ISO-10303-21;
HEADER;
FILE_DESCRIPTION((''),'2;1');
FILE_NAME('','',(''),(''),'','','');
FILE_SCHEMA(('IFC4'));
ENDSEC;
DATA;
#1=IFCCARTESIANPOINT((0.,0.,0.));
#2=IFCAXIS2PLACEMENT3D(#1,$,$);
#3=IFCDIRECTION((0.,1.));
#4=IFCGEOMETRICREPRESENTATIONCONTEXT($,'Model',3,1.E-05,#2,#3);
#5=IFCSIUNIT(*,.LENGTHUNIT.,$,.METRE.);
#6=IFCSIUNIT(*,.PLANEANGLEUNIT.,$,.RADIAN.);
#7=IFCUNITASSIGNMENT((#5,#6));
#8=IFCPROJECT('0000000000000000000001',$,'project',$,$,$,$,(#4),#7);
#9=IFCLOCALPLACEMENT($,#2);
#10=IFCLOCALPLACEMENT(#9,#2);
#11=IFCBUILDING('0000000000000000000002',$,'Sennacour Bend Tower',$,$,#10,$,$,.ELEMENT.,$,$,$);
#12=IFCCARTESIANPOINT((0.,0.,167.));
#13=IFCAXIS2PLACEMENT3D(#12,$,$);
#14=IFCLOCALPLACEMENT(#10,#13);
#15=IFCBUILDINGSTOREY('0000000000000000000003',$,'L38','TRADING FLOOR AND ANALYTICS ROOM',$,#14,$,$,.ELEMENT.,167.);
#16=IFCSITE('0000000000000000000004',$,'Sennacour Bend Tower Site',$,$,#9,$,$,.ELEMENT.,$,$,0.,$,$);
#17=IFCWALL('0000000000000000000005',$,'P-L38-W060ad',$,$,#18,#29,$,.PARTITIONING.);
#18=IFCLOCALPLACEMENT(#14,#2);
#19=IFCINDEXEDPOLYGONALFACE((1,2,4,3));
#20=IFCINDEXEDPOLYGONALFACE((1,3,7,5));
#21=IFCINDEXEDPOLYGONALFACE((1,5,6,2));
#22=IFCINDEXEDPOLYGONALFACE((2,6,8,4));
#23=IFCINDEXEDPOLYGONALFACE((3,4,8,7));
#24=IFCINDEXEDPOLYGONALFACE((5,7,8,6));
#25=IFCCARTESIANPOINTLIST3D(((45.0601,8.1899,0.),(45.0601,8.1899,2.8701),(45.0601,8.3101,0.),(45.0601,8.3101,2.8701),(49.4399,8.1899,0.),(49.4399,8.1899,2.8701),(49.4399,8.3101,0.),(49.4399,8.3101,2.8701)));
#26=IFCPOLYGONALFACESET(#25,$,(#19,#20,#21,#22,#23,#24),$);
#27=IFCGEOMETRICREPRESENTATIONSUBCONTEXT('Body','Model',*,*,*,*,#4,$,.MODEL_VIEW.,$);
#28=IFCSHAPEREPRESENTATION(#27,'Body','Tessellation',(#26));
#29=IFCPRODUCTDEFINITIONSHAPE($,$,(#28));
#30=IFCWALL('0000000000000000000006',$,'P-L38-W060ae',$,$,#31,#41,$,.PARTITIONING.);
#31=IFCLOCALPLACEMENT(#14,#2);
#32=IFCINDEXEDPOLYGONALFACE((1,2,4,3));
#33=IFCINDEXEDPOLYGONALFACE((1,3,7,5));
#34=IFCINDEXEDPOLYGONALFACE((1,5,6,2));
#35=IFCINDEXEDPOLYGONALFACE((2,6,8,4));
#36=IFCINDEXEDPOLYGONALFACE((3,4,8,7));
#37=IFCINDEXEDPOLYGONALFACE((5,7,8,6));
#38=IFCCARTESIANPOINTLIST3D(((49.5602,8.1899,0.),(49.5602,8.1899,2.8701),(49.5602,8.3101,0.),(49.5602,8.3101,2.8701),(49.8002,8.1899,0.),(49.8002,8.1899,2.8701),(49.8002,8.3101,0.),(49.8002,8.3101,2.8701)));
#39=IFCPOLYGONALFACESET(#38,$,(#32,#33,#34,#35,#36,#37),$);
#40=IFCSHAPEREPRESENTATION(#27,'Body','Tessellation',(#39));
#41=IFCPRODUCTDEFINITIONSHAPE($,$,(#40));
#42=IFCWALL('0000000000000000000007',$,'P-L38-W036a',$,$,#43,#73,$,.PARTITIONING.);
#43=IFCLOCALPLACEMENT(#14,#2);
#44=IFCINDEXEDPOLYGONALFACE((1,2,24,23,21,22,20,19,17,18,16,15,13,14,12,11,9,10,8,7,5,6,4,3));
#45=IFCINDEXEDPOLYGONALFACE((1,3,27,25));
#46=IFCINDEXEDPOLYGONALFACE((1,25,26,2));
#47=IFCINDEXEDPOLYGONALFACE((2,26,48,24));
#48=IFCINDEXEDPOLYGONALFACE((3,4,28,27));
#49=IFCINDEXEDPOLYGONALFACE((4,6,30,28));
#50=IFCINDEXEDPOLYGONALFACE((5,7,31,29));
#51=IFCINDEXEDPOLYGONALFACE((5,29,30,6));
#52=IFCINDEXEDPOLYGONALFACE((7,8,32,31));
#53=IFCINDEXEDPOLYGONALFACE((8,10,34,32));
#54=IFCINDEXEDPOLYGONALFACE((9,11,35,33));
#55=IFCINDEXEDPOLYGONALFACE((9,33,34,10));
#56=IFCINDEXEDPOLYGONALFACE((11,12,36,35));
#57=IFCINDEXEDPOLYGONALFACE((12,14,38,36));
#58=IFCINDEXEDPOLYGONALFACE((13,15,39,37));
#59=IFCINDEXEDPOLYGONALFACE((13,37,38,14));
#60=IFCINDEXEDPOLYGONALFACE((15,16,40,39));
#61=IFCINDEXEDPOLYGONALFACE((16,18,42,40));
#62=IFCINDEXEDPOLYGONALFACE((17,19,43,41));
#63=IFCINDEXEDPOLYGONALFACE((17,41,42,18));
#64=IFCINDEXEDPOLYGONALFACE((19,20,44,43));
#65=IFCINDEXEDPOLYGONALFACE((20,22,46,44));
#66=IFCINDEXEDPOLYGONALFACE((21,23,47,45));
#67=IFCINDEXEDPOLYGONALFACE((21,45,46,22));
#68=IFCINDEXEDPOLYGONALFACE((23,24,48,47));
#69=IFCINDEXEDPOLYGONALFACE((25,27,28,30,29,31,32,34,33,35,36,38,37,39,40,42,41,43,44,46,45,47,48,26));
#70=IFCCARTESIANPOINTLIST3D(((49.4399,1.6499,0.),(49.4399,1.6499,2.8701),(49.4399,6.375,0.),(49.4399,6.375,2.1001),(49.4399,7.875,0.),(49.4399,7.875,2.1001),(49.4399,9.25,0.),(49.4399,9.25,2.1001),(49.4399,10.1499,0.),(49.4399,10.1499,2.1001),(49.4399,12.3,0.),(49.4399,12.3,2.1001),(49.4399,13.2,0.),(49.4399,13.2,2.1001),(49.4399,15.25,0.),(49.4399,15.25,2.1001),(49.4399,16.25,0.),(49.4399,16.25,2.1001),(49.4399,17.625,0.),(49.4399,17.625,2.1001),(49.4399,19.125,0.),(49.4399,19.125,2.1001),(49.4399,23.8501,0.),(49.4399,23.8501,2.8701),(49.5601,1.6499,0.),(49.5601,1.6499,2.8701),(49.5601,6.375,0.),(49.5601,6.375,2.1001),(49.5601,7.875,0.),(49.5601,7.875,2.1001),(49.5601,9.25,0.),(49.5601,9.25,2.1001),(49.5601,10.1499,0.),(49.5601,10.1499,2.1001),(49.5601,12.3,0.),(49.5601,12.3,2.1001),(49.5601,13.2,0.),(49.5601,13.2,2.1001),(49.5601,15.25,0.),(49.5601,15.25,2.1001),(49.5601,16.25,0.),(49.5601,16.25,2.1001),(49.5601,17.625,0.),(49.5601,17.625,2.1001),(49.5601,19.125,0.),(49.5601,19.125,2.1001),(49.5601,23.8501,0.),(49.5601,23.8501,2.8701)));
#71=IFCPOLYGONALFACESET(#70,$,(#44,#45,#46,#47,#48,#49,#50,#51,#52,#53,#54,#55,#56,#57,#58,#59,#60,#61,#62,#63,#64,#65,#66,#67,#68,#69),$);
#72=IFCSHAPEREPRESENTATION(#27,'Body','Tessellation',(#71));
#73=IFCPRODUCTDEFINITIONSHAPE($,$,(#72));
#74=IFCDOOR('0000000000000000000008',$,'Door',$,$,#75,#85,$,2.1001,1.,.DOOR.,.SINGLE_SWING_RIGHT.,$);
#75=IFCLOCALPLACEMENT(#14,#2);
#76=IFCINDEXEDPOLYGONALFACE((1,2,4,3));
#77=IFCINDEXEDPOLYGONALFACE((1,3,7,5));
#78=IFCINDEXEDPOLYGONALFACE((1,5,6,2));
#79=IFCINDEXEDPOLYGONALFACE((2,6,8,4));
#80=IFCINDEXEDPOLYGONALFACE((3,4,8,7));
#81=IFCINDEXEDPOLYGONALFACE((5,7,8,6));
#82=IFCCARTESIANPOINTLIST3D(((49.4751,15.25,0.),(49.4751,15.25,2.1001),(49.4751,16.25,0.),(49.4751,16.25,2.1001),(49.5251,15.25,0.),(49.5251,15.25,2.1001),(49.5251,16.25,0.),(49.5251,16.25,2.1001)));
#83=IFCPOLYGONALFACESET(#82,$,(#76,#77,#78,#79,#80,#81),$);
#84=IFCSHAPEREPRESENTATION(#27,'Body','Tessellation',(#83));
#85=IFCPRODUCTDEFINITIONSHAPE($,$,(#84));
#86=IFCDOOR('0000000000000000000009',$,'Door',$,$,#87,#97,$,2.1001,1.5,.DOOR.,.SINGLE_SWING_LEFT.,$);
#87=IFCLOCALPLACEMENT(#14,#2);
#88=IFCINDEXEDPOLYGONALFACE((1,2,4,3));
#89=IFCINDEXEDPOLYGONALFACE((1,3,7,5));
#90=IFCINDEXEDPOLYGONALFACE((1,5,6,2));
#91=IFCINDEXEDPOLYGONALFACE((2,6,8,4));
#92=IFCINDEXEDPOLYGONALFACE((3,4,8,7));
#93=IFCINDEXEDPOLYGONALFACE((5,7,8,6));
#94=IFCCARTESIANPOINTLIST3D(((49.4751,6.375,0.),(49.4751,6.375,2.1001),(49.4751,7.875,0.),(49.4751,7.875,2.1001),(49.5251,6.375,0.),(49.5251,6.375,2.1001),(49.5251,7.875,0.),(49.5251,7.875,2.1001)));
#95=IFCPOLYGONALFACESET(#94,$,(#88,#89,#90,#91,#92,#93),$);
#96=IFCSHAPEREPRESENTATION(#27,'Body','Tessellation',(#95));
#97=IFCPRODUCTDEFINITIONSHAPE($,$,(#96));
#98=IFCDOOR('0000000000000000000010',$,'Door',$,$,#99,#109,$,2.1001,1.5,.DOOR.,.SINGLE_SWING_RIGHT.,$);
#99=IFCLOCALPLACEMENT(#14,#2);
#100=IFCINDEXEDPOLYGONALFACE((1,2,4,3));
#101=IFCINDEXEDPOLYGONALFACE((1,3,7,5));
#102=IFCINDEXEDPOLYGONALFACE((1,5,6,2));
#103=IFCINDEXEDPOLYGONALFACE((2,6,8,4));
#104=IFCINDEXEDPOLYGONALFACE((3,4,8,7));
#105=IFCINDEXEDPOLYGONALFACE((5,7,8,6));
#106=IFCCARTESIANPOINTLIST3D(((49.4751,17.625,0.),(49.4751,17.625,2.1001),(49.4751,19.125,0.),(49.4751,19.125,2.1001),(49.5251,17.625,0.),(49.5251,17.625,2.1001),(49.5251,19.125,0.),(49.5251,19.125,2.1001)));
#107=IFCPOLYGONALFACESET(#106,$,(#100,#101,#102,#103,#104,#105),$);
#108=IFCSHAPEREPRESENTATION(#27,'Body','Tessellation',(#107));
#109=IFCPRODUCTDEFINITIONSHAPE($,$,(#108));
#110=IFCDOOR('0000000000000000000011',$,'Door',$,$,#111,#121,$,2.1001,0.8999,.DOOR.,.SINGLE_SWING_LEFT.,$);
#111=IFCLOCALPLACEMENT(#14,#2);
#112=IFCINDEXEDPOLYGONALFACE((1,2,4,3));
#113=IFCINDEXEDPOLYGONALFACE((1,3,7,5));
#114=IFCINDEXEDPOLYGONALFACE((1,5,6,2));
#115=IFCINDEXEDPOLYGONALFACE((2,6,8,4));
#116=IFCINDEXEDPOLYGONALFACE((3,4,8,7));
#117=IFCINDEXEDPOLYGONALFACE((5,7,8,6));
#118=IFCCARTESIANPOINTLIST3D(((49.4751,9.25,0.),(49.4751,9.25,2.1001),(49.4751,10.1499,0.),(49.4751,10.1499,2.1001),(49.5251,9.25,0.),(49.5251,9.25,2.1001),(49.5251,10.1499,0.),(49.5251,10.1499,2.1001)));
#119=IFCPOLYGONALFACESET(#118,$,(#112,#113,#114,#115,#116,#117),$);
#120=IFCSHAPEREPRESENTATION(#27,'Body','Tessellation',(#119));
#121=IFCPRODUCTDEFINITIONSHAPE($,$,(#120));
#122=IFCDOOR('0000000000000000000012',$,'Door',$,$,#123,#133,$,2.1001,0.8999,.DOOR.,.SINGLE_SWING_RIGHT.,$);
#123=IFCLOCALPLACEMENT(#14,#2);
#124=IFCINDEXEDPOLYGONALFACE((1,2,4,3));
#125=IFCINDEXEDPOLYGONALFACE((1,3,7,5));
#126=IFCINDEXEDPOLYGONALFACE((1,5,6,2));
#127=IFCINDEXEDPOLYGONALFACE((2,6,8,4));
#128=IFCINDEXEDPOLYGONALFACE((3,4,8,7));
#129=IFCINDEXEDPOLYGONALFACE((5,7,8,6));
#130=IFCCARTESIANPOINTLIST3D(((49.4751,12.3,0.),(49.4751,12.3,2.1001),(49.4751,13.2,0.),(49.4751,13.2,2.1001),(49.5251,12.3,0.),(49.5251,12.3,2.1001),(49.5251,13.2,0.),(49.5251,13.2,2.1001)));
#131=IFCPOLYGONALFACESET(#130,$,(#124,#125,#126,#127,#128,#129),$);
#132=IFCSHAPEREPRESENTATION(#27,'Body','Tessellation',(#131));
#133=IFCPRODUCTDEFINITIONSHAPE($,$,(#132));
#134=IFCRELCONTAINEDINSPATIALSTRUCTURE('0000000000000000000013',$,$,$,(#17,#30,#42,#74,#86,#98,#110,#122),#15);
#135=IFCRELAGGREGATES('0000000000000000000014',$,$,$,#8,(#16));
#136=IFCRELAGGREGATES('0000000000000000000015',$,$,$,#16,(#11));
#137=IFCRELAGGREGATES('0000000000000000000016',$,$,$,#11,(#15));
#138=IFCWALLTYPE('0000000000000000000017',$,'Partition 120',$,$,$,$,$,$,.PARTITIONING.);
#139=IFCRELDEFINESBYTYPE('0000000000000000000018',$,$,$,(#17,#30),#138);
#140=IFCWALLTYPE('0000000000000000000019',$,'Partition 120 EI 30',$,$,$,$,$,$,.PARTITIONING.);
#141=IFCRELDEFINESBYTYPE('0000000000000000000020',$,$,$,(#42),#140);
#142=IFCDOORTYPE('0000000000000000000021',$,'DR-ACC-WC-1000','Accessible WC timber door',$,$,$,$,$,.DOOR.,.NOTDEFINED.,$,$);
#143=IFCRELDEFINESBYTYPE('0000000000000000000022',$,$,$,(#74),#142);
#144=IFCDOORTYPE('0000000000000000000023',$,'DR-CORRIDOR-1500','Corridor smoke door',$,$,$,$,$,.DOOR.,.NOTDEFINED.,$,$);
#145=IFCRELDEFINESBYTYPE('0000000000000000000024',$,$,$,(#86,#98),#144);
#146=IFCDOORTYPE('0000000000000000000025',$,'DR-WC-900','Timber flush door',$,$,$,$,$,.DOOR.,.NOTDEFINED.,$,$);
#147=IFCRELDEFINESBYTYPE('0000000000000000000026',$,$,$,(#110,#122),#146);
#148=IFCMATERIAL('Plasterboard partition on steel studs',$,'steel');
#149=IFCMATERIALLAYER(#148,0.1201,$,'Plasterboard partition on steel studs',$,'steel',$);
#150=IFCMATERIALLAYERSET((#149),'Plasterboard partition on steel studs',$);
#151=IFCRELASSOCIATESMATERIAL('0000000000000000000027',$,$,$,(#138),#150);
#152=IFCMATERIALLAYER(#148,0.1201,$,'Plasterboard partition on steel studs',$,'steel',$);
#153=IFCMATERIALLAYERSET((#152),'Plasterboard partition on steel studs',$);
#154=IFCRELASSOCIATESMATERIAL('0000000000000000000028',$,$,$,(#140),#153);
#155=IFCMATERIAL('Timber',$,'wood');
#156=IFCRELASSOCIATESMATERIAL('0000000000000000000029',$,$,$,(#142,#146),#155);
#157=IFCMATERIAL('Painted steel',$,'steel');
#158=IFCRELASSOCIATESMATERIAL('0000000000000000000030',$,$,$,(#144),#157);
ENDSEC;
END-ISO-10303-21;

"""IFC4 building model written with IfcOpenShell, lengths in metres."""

from ifc_helpers import new_model, si_unit, direction, frame, frame_2d, origin, place, context, subcontext, project, spatial, rectangle, extrude, material, layer, layer_set, type_object, element, fill, save


model = new_model("IFC4")

# Units and contexts
model_context = context("Model", 3, precision=1e-05, world=origin(), true_north=direction((0.0, 1.0)))
body_context = subcontext(model_context, "Body", "Model", "MODEL_VIEW")
ifc_project = project(units=[si_unit("LENGTHUNIT", "METRE"), si_unit("PLANEANGLEUNIT", "RADIAN")], contexts=[model_context])

# Site, building, storey
site_placement = place(None, origin())
site = spatial("IfcSite", under=ifc_project, at=site_placement, Name="Sennacour Bend Tower Site", CompositionType="ELEMENT", RefElevation=0.0)
building_placement = place(site_placement, origin())
building = spatial("IfcBuilding", under=site, at=building_placement, Name="Sennacour Bend Tower", CompositionType="ELEMENT")
storey_placement = place(building_placement, frame((0.0, 0.0, 167.0)))
storey = spatial("IfcBuildingStorey", under=building, at=storey_placement, Name="L38", Description="TRADING FLOOR AND ANALYTICS ROOM", CompositionType="ELEMENT", Elevation=167.0)

# Walls
ifc_material_1 = material(Name="Plasterboard partition on steel studs", Category="steel")
ifc_layer_1 = layer(ifc_material_1, 0.1201, Name="Plasterboard partition on steel studs", Category="steel")
ifc_layer_set_1 = layer_set([ifc_layer_1], Name="Plasterboard partition on steel studs")
wall_type_1 = type_object("IfcWallType", Name="Partition 120", PredefinedType="PARTITIONING", material=ifc_layer_set_1)
wall_1_placement = place(storey_placement, frame((45.0601, 8.25, 0.0), z_axis=(0.0, 0.0, 1.0), x_axis=(1.0, 0.0, 0.0)))
element("IfcWall", 1, at=wall_1_placement, inside=storey, type_object=wall_type_1, Name="P-L38-W060ad", PredefinedType="PARTITIONING", context=body_context, shape_type="SweptSolid", body=[
    extrude(rectangle(XDim=4.3799, YDim=0.1201, at=frame_2d((2.1899, 0.0))), origin(), (0.0, 0.0, 1.0), 2.8701),
])
wall_2_placement = place(storey_placement, frame((49.5601, 8.25, 0.0), z_axis=(0.0, 0.0, 1.0), x_axis=(1.0, 0.0, 0.0)))
element("IfcWall", 2, at=wall_2_placement, inside=storey, type_object=wall_type_1, Name="P-L38-W060ae", PredefinedType="PARTITIONING", context=body_context, shape_type="SweptSolid", body=[
    extrude(rectangle(XDim=0.24, YDim=0.1201, at=frame_2d((0.1201, 0.0))), origin(), (0.0, 0.0, 1.0), 2.8701),
])

# Wall, openings, doors
ifc_layer_2 = layer(ifc_material_1, 0.1201, Name="Plasterboard partition on steel studs", Category="steel")
ifc_layer_set_2 = layer_set([ifc_layer_2], Name="Plasterboard partition on steel studs")
wall_type_2 = type_object("IfcWallType", Name="Partition 120 EI 30", PredefinedType="PARTITIONING", material=ifc_layer_set_2)
wall_3_placement = place(storey_placement, frame((49.5, 1.6499, 0.0), z_axis=(0.0, 0.0, 1.0), x_axis=(0.0, 1.0, 0.0)))
wall_3 = element("IfcWall", 3, at=wall_3_placement, inside=storey, type_object=wall_type_2, Name="P-L38-W036a", PredefinedType="PARTITIONING", context=body_context, shape_type="SweptSolid", body=[
    extrude(rectangle(XDim=22.2002, YDim=0.1201, at=frame_2d((11.1001, 0.0))), origin(), (0.0, 0.0, 1.0), 2.8701),
])
opening_1_placement = place(wall_3_placement, frame((4.7251, 0.0, 0.0)))
opening_1 = element("IfcOpeningElement", 4, at=opening_1_placement, cuts=wall_3, PredefinedType="OPENING", context=body_context, shape_type="SweptSolid", body=[
    extrude(rectangle(XDim=1.5, YDim=2.1001, at=frame_2d((0.75, 1.05))), frame((0.0, 0.0701, 0.0), z_axis=(0.0, -1.0, 0.0), x_axis=(1.0, 0.0, 0.0)), (0.0, 0.0, 1.0), 0.1401),
])
opening_2_placement = place(wall_3_placement, frame((15.9751, 0.0, 0.0)))
opening_2 = element("IfcOpeningElement", 5, at=opening_2_placement, cuts=wall_3, PredefinedType="OPENING", context=body_context, shape_type="SweptSolid", body=[
    extrude(rectangle(XDim=1.5, YDim=2.1001, at=frame_2d((0.75, 1.05))), frame((0.0, 0.0701, 0.0), z_axis=(0.0, -1.0, 0.0), x_axis=(1.0, 0.0, 0.0)), (0.0, 0.0, 1.0), 0.1401),
])
opening_3_placement = place(wall_3_placement, frame((7.6001, 0.0, 0.0)))
opening_3 = element("IfcOpeningElement", 6, at=opening_3_placement, cuts=wall_3, PredefinedType="OPENING", context=body_context, shape_type="SweptSolid", body=[
    extrude(rectangle(XDim=0.8999, YDim=2.1001, at=frame_2d((0.45, 1.05))), frame((0.0, 0.0701, 0.0), z_axis=(0.0, -1.0, 0.0), x_axis=(1.0, 0.0, 0.0)), (0.0, 0.0, 1.0), 0.1401),
])
opening_4_placement = place(wall_3_placement, frame((10.6501, 0.0, 0.0)))
opening_4 = element("IfcOpeningElement", 7, at=opening_4_placement, cuts=wall_3, PredefinedType="OPENING", context=body_context, shape_type="SweptSolid", body=[
    extrude(rectangle(XDim=0.8999, YDim=2.1001, at=frame_2d((0.45, 1.05))), frame((0.0, 0.0701, 0.0), z_axis=(0.0, -1.0, 0.0), x_axis=(1.0, 0.0, 0.0)), (0.0, 0.0, 1.0), 0.1401),
])
opening_5_placement = place(wall_3_placement, frame((13.6001, 0.0, 0.0)))
opening_5 = element("IfcOpeningElement", 8, at=opening_5_placement, cuts=wall_3, PredefinedType="OPENING", context=body_context, shape_type="SweptSolid", body=[
    extrude(rectangle(XDim=1.0, YDim=2.1001, at=frame_2d((0.5, 1.05))), frame((0.0, 0.0701, 0.0), z_axis=(0.0, -1.0, 0.0), x_axis=(1.0, 0.0, 0.0)), (0.0, 0.0, 1.0), 0.1401),
])
ifc_material_2 = material(Name="Timber", Category="wood")
door_type_1 = type_object("IfcDoorType", Name="DR-ACC-WC-1000", Description="Accessible WC timber door", OperationType="NOTDEFINED", PredefinedType="DOOR", material=ifc_material_2)
door_1_placement = place(opening_5_placement, origin())
door_1 = element("IfcDoor", 9, at=door_1_placement, inside=storey, type_object=door_type_1, Name="Door", OperationType="SINGLE_SWING_RIGHT", OverallHeight=2.1001, OverallWidth=1.0, PredefinedType="DOOR", context=body_context, shape_type="SweptSolid", body=[
    extrude(rectangle(XDim=1.0, YDim=2.1001, at=frame_2d((0.5, 1.05))), frame((0.0, 0.0249, 0.0), z_axis=(0.0, -1.0, 0.0), x_axis=(1.0, 0.0, 0.0)), (0.0, 0.0, 1.0), 0.05),
])
fill(opening_5, door_1)
ifc_material_3 = material(Name="Painted steel", Category="steel")
door_type_2 = type_object("IfcDoorType", Name="DR-CORRIDOR-1500", Description="Corridor smoke door", OperationType="NOTDEFINED", PredefinedType="DOOR", material=ifc_material_3)
door_2_placement = place(opening_1_placement, origin())
door_2 = element("IfcDoor", 10, at=door_2_placement, inside=storey, type_object=door_type_2, Name="Door", OperationType="SINGLE_SWING_LEFT", OverallHeight=2.1001, OverallWidth=1.5, PredefinedType="DOOR", context=body_context, shape_type="SweptSolid", body=[
    extrude(rectangle(XDim=1.5, YDim=2.1001, at=frame_2d((0.75, 1.05))), frame((0.0, 0.0249, 0.0), z_axis=(0.0, -1.0, 0.0), x_axis=(1.0, 0.0, 0.0)), (0.0, 0.0, 1.0), 0.05),
])
fill(opening_1, door_2)
door_3_placement = place(opening_2_placement, origin())
door_3 = element("IfcDoor", 11, at=door_3_placement, inside=storey, type_object=door_type_2, Name="Door", OperationType="SINGLE_SWING_RIGHT", OverallHeight=2.1001, OverallWidth=1.5, PredefinedType="DOOR", context=body_context, shape_type="SweptSolid", body=[
    extrude(rectangle(XDim=1.5, YDim=2.1001, at=frame_2d((0.75, 1.05))), frame((0.0, 0.0249, 0.0), z_axis=(0.0, -1.0, 0.0), x_axis=(1.0, 0.0, 0.0)), (0.0, 0.0, 1.0), 0.05),
])
fill(opening_2, door_3)
door_type_3 = type_object("IfcDoorType", Name="DR-WC-900", Description="Timber flush door", OperationType="NOTDEFINED", PredefinedType="DOOR", material=ifc_material_2)
door_4_placement = place(opening_3_placement, origin())
door_4 = element("IfcDoor", 12, at=door_4_placement, inside=storey, type_object=door_type_3, Name="Door", OperationType="SINGLE_SWING_LEFT", OverallHeight=2.1001, OverallWidth=0.8999, PredefinedType="DOOR", context=body_context, shape_type="SweptSolid", body=[
    extrude(rectangle(XDim=0.8999, YDim=2.1001, at=frame_2d((0.45, 1.05))), frame((0.0, 0.0249, 0.0), z_axis=(0.0, -1.0, 0.0), x_axis=(1.0, 0.0, 0.0)), (0.0, 0.0, 1.0), 0.05),
])
fill(opening_3, door_4)
door_5_placement = place(opening_4_placement, origin())
door_5 = element("IfcDoor", 13, at=door_5_placement, inside=storey, type_object=door_type_3, Name="Door", OperationType="SINGLE_SWING_RIGHT", OverallHeight=2.1001, OverallWidth=0.8999, PredefinedType="DOOR", context=body_context, shape_type="SweptSolid", body=[
    extrude(rectangle(XDim=0.8999, YDim=2.1001, at=frame_2d((0.45, 1.05))), frame((0.0, 0.0249, 0.0), z_axis=(0.0, -1.0, 0.0), x_axis=(1.0, 0.0, 0.0)), (0.0, 0.0, 1.0), 0.05),
])
fill(opening_4, door_5)

save(model, "model.ifc")
